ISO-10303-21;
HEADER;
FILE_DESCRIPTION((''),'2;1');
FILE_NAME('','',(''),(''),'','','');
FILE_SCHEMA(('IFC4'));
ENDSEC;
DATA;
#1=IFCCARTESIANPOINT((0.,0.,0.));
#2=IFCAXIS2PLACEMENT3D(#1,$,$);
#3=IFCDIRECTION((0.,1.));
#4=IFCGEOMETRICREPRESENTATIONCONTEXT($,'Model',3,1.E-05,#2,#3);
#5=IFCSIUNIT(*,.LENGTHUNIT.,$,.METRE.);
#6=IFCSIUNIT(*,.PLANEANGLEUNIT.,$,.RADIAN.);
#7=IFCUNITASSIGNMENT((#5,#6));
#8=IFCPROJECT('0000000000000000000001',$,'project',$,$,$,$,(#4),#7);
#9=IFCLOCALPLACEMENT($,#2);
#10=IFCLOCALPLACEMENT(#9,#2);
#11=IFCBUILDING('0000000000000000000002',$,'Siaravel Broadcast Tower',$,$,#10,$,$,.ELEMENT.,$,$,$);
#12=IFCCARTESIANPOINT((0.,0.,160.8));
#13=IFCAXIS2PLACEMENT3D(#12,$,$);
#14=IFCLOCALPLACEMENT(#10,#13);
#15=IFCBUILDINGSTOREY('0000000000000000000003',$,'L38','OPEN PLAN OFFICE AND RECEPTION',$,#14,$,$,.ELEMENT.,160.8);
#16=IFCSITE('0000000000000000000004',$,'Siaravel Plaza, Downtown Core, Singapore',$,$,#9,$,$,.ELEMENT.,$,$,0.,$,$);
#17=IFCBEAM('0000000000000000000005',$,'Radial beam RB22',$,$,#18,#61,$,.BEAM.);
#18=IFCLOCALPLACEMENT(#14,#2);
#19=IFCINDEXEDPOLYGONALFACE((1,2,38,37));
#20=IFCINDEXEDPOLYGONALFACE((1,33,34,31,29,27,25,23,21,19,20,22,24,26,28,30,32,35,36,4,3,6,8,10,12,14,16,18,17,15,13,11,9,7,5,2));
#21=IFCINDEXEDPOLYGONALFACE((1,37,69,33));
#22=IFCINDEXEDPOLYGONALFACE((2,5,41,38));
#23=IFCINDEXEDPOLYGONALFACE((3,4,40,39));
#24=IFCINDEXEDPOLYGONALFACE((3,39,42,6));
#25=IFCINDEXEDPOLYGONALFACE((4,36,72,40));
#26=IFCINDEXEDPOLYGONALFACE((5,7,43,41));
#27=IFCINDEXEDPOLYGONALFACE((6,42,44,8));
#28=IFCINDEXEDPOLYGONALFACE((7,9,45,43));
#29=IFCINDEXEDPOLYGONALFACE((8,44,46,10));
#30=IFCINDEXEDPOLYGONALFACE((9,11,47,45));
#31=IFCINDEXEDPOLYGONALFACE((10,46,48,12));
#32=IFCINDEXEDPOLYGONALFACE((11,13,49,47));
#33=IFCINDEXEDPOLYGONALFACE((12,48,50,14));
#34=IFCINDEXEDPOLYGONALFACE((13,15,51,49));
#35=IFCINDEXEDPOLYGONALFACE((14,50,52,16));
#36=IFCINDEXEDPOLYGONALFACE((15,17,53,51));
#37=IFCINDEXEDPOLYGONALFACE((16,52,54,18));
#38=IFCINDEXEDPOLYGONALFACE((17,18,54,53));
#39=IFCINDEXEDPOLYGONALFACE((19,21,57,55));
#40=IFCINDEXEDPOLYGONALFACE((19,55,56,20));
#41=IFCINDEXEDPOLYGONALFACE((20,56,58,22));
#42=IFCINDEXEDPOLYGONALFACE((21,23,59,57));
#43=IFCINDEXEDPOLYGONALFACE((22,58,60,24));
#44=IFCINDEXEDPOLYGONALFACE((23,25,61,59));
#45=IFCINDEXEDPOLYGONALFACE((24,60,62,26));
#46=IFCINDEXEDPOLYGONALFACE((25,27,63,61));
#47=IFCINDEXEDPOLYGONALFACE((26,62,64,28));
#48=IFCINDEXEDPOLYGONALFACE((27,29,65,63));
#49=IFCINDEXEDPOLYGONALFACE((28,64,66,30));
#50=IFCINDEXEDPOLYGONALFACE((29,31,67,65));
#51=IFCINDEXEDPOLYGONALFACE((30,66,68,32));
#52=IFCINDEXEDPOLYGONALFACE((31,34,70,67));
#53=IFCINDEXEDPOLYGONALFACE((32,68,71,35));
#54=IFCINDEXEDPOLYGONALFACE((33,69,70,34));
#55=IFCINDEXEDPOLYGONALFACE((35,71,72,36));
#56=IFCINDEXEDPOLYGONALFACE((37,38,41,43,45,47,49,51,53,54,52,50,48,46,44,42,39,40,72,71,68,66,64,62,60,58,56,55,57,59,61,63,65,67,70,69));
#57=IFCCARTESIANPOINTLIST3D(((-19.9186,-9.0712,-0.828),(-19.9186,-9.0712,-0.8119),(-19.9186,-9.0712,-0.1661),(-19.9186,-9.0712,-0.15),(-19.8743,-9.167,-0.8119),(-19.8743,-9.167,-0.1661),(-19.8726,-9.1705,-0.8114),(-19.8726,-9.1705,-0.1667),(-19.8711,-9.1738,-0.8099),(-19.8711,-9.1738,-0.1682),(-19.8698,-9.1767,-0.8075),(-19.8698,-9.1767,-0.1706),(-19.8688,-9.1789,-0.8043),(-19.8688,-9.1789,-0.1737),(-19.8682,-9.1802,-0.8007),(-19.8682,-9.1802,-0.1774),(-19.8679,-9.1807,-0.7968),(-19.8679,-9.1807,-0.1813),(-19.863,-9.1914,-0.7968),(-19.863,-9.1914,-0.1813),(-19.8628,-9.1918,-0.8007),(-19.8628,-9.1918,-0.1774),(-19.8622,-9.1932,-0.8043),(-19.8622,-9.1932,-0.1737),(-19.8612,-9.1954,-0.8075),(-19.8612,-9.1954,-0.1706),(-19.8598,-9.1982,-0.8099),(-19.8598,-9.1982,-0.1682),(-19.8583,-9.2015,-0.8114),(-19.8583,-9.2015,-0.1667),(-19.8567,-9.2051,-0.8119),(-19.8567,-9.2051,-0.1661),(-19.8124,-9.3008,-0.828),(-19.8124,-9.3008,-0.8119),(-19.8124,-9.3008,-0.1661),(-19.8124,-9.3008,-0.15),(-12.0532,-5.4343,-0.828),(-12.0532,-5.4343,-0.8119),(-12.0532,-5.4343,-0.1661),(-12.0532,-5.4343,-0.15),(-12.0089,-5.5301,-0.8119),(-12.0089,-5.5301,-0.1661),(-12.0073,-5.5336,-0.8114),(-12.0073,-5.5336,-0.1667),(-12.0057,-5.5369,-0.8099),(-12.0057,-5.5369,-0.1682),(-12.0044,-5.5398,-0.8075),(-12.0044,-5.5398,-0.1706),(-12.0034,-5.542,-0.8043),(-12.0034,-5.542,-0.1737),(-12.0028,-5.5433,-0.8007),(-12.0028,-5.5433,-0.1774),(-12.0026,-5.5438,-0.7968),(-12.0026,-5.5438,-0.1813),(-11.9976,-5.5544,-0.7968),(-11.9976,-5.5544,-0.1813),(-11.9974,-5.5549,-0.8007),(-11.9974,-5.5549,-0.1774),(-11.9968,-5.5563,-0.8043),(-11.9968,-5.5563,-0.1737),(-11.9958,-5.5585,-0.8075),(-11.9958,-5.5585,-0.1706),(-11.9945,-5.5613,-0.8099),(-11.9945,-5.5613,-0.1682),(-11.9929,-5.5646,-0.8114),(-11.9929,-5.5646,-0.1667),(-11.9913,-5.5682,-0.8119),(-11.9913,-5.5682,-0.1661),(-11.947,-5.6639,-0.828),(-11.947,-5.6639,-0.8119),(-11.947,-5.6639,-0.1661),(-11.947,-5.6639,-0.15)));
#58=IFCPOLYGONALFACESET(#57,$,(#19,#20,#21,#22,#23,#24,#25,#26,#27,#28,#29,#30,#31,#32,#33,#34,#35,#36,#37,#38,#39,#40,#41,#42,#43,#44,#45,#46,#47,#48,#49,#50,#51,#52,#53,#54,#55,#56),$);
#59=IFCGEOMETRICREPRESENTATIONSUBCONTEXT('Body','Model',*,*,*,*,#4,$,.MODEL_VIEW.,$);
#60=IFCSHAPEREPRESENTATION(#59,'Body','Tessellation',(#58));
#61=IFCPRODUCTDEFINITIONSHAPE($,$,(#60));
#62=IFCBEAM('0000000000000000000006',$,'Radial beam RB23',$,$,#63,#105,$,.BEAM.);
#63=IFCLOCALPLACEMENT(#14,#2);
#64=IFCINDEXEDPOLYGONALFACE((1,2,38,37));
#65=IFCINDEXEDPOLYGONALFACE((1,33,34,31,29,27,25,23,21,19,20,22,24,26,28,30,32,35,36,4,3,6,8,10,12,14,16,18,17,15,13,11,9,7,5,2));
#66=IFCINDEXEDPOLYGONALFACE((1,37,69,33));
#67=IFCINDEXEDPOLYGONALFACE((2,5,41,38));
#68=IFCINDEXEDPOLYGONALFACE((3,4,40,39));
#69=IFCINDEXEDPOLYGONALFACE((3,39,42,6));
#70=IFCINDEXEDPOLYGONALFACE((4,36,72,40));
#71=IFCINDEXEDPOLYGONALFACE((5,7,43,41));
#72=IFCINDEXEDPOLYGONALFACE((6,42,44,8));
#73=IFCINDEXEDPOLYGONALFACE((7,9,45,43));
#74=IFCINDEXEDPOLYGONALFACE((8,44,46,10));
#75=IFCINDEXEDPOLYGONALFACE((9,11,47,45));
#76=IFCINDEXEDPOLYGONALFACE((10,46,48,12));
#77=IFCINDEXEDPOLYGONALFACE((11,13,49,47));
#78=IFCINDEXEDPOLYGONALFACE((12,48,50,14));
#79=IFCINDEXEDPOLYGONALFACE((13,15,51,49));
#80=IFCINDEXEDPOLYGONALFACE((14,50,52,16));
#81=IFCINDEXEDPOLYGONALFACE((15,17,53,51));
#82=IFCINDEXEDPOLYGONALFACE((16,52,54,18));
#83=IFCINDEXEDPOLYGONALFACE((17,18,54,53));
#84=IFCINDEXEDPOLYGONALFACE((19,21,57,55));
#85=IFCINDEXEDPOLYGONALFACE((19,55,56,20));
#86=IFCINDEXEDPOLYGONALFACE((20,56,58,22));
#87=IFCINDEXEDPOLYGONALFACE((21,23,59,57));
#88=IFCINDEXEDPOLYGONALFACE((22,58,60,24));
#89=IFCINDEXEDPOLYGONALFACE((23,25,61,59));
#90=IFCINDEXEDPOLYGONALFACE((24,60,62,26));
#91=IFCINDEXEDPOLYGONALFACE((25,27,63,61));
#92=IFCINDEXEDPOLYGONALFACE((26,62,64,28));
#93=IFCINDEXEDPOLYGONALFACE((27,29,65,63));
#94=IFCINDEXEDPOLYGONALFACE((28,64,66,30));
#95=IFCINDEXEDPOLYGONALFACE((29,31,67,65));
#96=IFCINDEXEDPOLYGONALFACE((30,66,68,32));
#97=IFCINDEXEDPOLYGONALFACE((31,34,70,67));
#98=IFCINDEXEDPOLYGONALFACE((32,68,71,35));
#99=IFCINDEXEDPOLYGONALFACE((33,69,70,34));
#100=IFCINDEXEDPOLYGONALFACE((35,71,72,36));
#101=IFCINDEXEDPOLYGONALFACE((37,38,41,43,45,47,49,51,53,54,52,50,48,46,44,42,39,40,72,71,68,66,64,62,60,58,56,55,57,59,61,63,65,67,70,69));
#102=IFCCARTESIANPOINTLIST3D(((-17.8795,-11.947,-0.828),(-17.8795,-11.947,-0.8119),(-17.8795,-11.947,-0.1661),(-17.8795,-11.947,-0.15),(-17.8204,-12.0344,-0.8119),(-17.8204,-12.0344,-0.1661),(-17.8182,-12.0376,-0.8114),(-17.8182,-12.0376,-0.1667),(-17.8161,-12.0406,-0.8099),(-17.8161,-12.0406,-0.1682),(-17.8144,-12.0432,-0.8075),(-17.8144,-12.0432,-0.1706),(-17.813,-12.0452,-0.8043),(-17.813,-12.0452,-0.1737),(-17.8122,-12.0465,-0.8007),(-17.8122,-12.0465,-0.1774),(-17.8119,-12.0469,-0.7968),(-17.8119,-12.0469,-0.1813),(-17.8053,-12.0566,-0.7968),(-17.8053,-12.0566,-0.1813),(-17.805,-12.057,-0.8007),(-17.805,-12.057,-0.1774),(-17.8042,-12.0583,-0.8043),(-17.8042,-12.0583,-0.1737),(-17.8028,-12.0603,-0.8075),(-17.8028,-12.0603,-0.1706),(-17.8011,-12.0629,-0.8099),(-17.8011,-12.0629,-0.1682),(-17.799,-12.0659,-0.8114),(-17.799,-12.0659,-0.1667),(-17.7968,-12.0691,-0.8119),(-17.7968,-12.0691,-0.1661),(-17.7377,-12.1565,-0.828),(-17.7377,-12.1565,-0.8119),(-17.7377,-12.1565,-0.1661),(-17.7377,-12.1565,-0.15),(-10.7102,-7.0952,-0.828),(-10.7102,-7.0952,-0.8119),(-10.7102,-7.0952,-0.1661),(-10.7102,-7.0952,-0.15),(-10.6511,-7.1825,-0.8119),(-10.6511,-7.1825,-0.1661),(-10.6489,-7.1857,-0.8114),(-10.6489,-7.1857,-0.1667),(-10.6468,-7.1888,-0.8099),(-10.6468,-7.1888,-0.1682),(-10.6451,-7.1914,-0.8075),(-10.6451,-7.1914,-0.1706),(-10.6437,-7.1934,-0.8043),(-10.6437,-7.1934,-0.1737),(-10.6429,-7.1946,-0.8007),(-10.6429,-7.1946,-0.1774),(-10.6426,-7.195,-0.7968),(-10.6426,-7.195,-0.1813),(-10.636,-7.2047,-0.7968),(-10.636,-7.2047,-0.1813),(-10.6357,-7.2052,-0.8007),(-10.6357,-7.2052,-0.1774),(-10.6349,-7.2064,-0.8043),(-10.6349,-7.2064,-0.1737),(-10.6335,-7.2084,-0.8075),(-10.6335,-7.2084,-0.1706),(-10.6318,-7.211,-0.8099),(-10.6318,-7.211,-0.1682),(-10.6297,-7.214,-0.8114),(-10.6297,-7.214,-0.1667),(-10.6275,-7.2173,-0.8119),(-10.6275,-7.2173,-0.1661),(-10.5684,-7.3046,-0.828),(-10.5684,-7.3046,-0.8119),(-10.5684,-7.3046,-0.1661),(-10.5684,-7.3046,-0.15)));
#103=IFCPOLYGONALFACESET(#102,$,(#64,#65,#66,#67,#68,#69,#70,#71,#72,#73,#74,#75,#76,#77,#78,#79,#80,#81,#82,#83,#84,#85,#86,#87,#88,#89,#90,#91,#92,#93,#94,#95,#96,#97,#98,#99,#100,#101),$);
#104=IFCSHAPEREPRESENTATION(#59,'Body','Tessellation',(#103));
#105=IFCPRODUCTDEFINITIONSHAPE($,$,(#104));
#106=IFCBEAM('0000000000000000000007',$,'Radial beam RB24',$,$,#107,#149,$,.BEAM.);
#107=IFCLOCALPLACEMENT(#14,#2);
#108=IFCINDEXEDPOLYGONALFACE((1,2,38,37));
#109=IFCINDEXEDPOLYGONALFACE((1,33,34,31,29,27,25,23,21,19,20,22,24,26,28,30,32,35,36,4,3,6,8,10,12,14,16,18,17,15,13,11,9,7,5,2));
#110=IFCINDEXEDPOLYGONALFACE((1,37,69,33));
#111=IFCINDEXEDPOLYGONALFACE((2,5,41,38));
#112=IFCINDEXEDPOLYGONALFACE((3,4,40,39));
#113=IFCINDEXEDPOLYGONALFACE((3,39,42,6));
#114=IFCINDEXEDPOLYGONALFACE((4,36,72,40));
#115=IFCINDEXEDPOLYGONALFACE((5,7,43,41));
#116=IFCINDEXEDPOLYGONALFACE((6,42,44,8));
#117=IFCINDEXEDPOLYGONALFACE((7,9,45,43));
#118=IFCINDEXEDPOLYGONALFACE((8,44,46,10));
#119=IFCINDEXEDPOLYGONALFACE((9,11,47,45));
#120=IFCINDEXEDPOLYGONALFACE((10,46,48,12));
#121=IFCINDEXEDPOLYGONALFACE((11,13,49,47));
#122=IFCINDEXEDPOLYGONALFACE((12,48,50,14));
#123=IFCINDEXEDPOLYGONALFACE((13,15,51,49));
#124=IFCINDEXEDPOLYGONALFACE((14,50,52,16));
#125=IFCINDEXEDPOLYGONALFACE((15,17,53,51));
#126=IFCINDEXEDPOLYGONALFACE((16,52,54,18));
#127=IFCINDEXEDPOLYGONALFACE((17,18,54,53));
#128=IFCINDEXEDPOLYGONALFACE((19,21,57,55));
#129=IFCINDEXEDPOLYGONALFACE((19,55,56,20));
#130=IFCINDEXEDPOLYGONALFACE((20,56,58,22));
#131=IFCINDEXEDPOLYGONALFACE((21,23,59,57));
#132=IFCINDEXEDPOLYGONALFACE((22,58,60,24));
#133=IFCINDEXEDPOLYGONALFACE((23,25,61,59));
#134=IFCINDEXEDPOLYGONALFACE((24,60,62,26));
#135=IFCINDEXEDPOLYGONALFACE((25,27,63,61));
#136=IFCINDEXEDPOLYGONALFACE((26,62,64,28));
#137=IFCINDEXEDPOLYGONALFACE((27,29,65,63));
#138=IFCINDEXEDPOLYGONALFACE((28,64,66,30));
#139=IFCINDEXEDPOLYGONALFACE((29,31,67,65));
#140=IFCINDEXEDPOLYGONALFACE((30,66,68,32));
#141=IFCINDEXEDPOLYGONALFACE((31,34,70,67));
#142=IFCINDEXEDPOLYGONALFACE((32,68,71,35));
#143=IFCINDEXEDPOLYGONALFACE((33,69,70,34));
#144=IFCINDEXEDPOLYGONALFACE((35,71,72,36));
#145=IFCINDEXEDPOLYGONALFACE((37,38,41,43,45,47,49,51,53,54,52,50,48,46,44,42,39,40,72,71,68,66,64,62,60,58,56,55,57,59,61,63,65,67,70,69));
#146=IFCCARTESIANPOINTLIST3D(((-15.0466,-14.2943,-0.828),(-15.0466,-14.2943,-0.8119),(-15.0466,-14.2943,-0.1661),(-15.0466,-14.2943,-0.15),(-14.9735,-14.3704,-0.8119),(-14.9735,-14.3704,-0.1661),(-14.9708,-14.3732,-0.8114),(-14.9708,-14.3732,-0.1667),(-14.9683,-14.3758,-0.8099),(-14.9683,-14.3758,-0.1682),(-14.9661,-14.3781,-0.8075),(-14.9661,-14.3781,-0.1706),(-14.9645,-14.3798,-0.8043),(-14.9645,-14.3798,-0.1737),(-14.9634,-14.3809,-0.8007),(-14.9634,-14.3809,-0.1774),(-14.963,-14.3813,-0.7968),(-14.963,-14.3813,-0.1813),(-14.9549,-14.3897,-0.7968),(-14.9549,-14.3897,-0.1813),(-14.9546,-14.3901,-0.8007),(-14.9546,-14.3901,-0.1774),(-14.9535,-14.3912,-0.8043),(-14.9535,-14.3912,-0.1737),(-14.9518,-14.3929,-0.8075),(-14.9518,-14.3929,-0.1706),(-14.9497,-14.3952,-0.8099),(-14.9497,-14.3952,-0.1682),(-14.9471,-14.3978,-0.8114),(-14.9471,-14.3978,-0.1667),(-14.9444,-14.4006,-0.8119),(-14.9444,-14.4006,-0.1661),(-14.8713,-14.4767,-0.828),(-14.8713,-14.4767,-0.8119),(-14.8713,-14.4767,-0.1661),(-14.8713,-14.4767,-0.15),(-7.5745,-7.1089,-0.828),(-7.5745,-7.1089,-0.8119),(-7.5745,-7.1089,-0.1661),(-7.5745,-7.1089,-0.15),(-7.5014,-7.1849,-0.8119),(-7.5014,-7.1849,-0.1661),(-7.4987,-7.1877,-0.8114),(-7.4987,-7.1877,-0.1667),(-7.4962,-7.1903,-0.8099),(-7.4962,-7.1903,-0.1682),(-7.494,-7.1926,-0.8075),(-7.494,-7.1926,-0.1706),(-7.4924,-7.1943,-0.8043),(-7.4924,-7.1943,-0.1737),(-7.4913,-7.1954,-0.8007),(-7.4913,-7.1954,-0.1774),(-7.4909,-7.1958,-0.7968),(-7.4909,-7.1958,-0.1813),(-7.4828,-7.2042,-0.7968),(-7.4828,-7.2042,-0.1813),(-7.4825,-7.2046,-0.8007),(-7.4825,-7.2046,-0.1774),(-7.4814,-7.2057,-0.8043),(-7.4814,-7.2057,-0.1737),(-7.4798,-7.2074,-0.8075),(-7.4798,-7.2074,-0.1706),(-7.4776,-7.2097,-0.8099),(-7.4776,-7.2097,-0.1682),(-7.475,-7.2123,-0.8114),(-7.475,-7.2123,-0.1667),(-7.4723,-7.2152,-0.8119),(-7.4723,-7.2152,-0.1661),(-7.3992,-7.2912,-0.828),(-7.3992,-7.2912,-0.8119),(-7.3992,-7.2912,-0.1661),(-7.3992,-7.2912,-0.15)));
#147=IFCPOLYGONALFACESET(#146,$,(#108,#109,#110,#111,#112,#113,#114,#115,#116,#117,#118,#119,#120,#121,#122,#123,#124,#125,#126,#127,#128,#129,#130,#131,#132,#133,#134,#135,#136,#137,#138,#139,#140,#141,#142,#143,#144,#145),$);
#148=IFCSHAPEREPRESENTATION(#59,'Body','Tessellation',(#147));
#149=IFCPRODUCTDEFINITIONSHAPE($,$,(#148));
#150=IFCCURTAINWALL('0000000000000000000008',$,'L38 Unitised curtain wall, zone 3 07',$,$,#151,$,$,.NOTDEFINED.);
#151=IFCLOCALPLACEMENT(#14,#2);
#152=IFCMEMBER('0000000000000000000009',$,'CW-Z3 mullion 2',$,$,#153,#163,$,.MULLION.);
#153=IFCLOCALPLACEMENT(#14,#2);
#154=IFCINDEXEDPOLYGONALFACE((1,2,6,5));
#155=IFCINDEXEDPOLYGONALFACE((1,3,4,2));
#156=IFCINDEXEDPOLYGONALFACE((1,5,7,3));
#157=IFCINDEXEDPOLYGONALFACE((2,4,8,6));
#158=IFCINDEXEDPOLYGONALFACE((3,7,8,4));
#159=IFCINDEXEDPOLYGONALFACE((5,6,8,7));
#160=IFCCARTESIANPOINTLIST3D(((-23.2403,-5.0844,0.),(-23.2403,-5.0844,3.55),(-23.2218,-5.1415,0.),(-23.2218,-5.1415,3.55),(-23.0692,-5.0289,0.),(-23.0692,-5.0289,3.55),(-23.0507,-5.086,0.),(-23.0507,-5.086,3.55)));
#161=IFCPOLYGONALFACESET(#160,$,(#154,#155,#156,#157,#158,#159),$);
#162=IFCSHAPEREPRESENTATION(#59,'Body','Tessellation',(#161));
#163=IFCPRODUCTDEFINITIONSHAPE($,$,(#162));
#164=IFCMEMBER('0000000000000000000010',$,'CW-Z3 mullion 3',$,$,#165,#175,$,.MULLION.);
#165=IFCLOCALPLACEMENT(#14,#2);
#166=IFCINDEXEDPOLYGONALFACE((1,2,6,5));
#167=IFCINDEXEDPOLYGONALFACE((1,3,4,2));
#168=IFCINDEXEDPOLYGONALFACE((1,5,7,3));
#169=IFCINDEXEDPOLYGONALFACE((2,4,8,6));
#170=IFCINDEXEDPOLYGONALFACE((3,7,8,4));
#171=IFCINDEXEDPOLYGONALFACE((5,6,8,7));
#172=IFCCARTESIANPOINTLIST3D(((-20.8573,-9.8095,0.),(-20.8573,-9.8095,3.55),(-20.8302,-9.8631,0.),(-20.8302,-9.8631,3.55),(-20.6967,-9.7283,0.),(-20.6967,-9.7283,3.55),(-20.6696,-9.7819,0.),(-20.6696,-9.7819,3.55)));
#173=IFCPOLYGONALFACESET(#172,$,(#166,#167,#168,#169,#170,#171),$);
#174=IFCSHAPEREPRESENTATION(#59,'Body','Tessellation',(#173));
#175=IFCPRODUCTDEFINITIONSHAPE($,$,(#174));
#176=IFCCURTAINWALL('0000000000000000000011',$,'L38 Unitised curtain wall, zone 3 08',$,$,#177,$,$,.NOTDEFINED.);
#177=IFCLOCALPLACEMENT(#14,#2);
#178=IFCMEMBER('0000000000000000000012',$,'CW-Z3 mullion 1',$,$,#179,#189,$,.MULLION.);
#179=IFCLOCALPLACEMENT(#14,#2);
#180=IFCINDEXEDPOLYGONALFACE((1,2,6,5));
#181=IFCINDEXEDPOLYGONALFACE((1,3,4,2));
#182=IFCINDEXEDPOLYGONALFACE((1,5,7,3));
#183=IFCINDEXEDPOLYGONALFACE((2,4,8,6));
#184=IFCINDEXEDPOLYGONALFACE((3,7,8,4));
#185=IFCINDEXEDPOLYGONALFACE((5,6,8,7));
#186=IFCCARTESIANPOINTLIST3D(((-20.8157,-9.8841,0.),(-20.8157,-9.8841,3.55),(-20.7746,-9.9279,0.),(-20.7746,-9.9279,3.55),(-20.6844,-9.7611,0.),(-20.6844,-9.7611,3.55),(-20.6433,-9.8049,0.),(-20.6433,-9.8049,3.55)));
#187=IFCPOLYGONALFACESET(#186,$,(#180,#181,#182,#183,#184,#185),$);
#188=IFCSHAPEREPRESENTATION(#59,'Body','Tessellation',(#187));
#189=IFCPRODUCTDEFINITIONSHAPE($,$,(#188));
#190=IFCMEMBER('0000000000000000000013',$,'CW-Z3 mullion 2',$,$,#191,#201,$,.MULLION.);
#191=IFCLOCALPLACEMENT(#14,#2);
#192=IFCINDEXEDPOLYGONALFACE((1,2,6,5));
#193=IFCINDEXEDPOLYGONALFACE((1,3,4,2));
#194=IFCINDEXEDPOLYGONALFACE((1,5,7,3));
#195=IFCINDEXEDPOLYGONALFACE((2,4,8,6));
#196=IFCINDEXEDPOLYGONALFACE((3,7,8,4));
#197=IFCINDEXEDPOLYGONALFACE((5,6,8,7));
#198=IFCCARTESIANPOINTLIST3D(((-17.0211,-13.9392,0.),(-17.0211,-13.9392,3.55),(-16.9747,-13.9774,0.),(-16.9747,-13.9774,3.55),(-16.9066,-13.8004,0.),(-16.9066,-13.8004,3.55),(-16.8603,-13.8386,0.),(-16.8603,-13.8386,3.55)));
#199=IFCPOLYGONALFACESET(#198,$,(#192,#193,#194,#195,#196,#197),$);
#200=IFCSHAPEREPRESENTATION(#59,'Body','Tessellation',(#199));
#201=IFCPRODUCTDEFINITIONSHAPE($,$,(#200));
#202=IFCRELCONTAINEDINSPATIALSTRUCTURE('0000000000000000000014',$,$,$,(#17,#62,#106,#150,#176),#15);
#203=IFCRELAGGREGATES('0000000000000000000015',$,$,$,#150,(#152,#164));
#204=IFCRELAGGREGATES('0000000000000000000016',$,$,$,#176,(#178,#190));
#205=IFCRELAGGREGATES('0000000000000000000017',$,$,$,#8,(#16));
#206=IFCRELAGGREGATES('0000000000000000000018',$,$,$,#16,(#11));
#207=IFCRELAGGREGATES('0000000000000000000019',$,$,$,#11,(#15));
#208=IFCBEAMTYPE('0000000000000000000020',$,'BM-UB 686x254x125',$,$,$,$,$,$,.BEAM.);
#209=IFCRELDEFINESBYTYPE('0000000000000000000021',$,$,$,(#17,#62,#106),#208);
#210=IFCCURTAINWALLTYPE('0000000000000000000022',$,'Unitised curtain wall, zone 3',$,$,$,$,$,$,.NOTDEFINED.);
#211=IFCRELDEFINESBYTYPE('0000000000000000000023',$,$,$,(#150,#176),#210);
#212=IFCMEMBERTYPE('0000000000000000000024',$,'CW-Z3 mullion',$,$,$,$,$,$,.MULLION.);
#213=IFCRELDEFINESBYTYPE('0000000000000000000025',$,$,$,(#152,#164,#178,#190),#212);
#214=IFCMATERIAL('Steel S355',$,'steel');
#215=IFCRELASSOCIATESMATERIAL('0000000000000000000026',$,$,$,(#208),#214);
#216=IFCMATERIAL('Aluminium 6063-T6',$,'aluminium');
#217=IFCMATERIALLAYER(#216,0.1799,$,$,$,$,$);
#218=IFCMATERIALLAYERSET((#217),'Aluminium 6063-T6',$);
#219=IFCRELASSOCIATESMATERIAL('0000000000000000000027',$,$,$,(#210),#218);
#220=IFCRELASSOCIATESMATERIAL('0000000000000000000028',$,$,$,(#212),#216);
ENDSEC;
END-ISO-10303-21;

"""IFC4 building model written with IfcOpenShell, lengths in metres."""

from ifc_helpers import new_model, si_unit, direction, frame, origin, origin_2d, place, context, subcontext, project, spatial, rectangle, i_section, extrude, material, layer, layer_set, material_profile, profile_set, type_object, element, aggregate, save


model = new_model("IFC4")

# Units and contexts
model_context = context("Model", 3, precision=1e-05, world=origin(), true_north=direction((0.0, 1.0)))
body_context = subcontext(model_context, "Body", "Model", "MODEL_VIEW")
ifc_project = project(units=[si_unit("LENGTHUNIT", "METRE"), si_unit("PLANEANGLEUNIT", "RADIAN")], contexts=[model_context])

# Site, building, storey
site_placement = place(None, origin())
site = spatial("IfcSite", under=ifc_project, at=site_placement, Name="Siaravel Plaza, Downtown Core, Singapore", CompositionType="ELEMENT", RefElevation=0.0)
building_placement = place(site_placement, origin())
building = spatial("IfcBuilding", under=site, at=building_placement, Name="Siaravel Broadcast Tower", CompositionType="ELEMENT")
storey_placement = place(building_placement, frame((0.0, 0.0, 160.8)))
storey = spatial("IfcBuildingStorey", under=building, at=storey_placement, Name="L38", Description="OPEN PLAN OFFICE AND RECEPTION", CompositionType="ELEMENT", Elevation=160.8)

# Beams
ifc_material_1 = material(Name="Steel S355", Category="steel")
ifc_material_profile_1 = material_profile(ifc_material_1, i_section(OverallWidth=0.2529, OverallDepth=0.678, WebThickness=0.0117, FlangeThickness=0.0161, FilletRadius=0.0151, at=origin_2d()))
ifc_profile_set_1 = profile_set([ifc_material_profile_1], Name="Steel S355")
beam_type = type_object("IfcBeamType", Name="BM-UB 686x254x125", PredefinedType="BEAM", material=ifc_profile_set_1)
beam_1_placement = place(storey_placement, frame((-19.8655, -9.186, -0.489), z_axis=(0.907663, 0.419699, 0.0), x_axis=(-0.419699, 0.907663, 0.0)))
element("IfcBeam", 1, at=beam_1_placement, inside=storey, type_object=beam_type, Name="Radial beam RB22", PredefinedType="BEAM", context=body_context, shape_type="SweptSolid", body=[
    extrude(i_section(OverallWidth=0.2529, OverallDepth=0.678, WebThickness=0.0117, FlangeThickness=0.0161, FilletRadius=0.0151, at=origin_2d()), origin(), (0.0, 0.0, 1.0), 8.6655),
])
beam_2_placement = place(storey_placement, frame((-17.8086, -12.0518, -0.489), z_axis=(0.828173, 0.560473, 0.0), x_axis=(-0.560473, 0.828173, 0.0)))
element("IfcBeam", 2, at=beam_2_placement, inside=storey, type_object=beam_type, Name="Radial beam RB23", PredefinedType="BEAM", context=body_context, shape_type="SweptSolid", body=[
    extrude(i_section(OverallWidth=0.2529, OverallDepth=0.678, WebThickness=0.0117, FlangeThickness=0.0161, FilletRadius=0.0151, at=origin_2d()), origin(), (0.0, 0.0, 1.0), 8.6567),
])
beam_3_placement = place(storey_placement, frame((-14.959, -14.3855, -0.489), z_axis=(0.720796, 0.693147, 0.0), x_axis=(-0.693147, 0.720796, 0.0)))
element("IfcBeam", 3, at=beam_3_placement, inside=storey, type_object=beam_type, Name="Radial beam RB24", PredefinedType="BEAM", context=body_context, shape_type="SweptSolid", body=[
    extrude(i_section(OverallWidth=0.2529, OverallDepth=0.678, WebThickness=0.0117, FlangeThickness=0.0161, FilletRadius=0.0151, at=origin_2d()), origin(), (0.0, 0.0, 1.0), 10.3665),
])

# Curtain walls, members
ifc_material_2 = material(Name="Aluminium 6063-T6", Category="aluminium")
ifc_layer_1 = layer(ifc_material_2, 0.1799)
ifc_layer_set_1 = layer_set([ifc_layer_1], Name="Aluminium 6063-T6")
curtain_wall_type = type_object("IfcCurtainWallType", Name="Unitised curtain wall, zone 3", PredefinedType="NOTDEFINED", material=ifc_layer_set_1)
curtain_wall_1_placement = place(storey_placement, origin())
curtain_wall_1 = element("IfcCurtainWall", 4, at=curtain_wall_1_placement, inside=storey, type_object=curtain_wall_type, Name="L38 Unitised curtain wall, zone 3 07", PredefinedType="NOTDEFINED")
ifc_material_profile_2 = material_profile(ifc_material_2, rectangle(XDim=0.1799, YDim=0.0601, at=origin_2d()))
ifc_profile_set_2 = profile_set([ifc_material_profile_2], Name="Aluminium 6063-T6")
member_type_1 = type_object("IfcMemberType", Name="CW-Z3 mullion", PredefinedType="MULLION", material=ifc_profile_set_2)
member_1_placement = place(storey_placement, frame((-23.1455, -5.0852, 0.0), z_axis=(0.0, 0.0, 1.0), x_axis=(0.951177, 0.308645, 0.0)))
member_1 = element("IfcMember", 5, at=member_1_placement, type_object=member_type_1, Name="CW-Z3 mullion 2", PredefinedType="MULLION", context=body_context, shape_type="SweptSolid", body=[
    extrude(rectangle(XDim=0.1799, YDim=0.0601, at=origin_2d()), origin(), (0.0, 0.0, 1.0), 3.55),
])
member_2_placement = place(storey_placement, frame((-20.7634, -9.7957, 0.0), z_axis=(0.0, 0.0, 1.0), x_axis=(0.892393, 0.45126, 0.0)))
member_2 = element("IfcMember", 6, at=member_2_placement, type_object=member_type_1, Name="CW-Z3 mullion 3", PredefinedType="MULLION", context=body_context, shape_type="SweptSolid", body=[
    extrude(rectangle(XDim=0.1799, YDim=0.0601, at=origin_2d()), origin(), (0.0, 0.0, 1.0), 3.55),
])
curtain_wall_2_placement = place(storey_placement, origin())
curtain_wall_2 = element("IfcCurtainWall", 7, at=curtain_wall_2_placement, inside=storey, type_object=curtain_wall_type, Name="L38 Unitised curtain wall, zone 3 08", PredefinedType="NOTDEFINED")
member_3_placement = place(storey_placement, frame((-20.7295, -9.8445, 0.0), z_axis=(0.0, 0.0, 1.0), x_axis=(0.729806, 0.683654, 0.0)))
member_3 = element("IfcMember", 8, at=member_3_placement, type_object=member_type_1, Name="CW-Z3 mullion 1", PredefinedType="MULLION", context=body_context, shape_type="SweptSolid", body=[
    extrude(rectangle(XDim=0.1799, YDim=0.0601, at=origin_2d()), origin(), (0.0, 0.0, 1.0), 3.55),
])
member_4_placement = place(storey_placement, frame((-16.9407, -13.8889, 0.0), z_axis=(0.0, 0.0, 1.0), x_axis=(0.63622, 0.771508, 0.0)))
member_4 = element("IfcMember", 9, at=member_4_placement, type_object=member_type_1, Name="CW-Z3 mullion 2", PredefinedType="MULLION", context=body_context, shape_type="SweptSolid", body=[
    extrude(rectangle(XDim=0.1799, YDim=0.0601, at=origin_2d()), origin(), (0.0, 0.0, 1.0), 3.55),
])

aggregate(curtain_wall_1, [member_1, member_2])
aggregate(curtain_wall_2, [member_3, member_4])

save(model, "model.ifc")
